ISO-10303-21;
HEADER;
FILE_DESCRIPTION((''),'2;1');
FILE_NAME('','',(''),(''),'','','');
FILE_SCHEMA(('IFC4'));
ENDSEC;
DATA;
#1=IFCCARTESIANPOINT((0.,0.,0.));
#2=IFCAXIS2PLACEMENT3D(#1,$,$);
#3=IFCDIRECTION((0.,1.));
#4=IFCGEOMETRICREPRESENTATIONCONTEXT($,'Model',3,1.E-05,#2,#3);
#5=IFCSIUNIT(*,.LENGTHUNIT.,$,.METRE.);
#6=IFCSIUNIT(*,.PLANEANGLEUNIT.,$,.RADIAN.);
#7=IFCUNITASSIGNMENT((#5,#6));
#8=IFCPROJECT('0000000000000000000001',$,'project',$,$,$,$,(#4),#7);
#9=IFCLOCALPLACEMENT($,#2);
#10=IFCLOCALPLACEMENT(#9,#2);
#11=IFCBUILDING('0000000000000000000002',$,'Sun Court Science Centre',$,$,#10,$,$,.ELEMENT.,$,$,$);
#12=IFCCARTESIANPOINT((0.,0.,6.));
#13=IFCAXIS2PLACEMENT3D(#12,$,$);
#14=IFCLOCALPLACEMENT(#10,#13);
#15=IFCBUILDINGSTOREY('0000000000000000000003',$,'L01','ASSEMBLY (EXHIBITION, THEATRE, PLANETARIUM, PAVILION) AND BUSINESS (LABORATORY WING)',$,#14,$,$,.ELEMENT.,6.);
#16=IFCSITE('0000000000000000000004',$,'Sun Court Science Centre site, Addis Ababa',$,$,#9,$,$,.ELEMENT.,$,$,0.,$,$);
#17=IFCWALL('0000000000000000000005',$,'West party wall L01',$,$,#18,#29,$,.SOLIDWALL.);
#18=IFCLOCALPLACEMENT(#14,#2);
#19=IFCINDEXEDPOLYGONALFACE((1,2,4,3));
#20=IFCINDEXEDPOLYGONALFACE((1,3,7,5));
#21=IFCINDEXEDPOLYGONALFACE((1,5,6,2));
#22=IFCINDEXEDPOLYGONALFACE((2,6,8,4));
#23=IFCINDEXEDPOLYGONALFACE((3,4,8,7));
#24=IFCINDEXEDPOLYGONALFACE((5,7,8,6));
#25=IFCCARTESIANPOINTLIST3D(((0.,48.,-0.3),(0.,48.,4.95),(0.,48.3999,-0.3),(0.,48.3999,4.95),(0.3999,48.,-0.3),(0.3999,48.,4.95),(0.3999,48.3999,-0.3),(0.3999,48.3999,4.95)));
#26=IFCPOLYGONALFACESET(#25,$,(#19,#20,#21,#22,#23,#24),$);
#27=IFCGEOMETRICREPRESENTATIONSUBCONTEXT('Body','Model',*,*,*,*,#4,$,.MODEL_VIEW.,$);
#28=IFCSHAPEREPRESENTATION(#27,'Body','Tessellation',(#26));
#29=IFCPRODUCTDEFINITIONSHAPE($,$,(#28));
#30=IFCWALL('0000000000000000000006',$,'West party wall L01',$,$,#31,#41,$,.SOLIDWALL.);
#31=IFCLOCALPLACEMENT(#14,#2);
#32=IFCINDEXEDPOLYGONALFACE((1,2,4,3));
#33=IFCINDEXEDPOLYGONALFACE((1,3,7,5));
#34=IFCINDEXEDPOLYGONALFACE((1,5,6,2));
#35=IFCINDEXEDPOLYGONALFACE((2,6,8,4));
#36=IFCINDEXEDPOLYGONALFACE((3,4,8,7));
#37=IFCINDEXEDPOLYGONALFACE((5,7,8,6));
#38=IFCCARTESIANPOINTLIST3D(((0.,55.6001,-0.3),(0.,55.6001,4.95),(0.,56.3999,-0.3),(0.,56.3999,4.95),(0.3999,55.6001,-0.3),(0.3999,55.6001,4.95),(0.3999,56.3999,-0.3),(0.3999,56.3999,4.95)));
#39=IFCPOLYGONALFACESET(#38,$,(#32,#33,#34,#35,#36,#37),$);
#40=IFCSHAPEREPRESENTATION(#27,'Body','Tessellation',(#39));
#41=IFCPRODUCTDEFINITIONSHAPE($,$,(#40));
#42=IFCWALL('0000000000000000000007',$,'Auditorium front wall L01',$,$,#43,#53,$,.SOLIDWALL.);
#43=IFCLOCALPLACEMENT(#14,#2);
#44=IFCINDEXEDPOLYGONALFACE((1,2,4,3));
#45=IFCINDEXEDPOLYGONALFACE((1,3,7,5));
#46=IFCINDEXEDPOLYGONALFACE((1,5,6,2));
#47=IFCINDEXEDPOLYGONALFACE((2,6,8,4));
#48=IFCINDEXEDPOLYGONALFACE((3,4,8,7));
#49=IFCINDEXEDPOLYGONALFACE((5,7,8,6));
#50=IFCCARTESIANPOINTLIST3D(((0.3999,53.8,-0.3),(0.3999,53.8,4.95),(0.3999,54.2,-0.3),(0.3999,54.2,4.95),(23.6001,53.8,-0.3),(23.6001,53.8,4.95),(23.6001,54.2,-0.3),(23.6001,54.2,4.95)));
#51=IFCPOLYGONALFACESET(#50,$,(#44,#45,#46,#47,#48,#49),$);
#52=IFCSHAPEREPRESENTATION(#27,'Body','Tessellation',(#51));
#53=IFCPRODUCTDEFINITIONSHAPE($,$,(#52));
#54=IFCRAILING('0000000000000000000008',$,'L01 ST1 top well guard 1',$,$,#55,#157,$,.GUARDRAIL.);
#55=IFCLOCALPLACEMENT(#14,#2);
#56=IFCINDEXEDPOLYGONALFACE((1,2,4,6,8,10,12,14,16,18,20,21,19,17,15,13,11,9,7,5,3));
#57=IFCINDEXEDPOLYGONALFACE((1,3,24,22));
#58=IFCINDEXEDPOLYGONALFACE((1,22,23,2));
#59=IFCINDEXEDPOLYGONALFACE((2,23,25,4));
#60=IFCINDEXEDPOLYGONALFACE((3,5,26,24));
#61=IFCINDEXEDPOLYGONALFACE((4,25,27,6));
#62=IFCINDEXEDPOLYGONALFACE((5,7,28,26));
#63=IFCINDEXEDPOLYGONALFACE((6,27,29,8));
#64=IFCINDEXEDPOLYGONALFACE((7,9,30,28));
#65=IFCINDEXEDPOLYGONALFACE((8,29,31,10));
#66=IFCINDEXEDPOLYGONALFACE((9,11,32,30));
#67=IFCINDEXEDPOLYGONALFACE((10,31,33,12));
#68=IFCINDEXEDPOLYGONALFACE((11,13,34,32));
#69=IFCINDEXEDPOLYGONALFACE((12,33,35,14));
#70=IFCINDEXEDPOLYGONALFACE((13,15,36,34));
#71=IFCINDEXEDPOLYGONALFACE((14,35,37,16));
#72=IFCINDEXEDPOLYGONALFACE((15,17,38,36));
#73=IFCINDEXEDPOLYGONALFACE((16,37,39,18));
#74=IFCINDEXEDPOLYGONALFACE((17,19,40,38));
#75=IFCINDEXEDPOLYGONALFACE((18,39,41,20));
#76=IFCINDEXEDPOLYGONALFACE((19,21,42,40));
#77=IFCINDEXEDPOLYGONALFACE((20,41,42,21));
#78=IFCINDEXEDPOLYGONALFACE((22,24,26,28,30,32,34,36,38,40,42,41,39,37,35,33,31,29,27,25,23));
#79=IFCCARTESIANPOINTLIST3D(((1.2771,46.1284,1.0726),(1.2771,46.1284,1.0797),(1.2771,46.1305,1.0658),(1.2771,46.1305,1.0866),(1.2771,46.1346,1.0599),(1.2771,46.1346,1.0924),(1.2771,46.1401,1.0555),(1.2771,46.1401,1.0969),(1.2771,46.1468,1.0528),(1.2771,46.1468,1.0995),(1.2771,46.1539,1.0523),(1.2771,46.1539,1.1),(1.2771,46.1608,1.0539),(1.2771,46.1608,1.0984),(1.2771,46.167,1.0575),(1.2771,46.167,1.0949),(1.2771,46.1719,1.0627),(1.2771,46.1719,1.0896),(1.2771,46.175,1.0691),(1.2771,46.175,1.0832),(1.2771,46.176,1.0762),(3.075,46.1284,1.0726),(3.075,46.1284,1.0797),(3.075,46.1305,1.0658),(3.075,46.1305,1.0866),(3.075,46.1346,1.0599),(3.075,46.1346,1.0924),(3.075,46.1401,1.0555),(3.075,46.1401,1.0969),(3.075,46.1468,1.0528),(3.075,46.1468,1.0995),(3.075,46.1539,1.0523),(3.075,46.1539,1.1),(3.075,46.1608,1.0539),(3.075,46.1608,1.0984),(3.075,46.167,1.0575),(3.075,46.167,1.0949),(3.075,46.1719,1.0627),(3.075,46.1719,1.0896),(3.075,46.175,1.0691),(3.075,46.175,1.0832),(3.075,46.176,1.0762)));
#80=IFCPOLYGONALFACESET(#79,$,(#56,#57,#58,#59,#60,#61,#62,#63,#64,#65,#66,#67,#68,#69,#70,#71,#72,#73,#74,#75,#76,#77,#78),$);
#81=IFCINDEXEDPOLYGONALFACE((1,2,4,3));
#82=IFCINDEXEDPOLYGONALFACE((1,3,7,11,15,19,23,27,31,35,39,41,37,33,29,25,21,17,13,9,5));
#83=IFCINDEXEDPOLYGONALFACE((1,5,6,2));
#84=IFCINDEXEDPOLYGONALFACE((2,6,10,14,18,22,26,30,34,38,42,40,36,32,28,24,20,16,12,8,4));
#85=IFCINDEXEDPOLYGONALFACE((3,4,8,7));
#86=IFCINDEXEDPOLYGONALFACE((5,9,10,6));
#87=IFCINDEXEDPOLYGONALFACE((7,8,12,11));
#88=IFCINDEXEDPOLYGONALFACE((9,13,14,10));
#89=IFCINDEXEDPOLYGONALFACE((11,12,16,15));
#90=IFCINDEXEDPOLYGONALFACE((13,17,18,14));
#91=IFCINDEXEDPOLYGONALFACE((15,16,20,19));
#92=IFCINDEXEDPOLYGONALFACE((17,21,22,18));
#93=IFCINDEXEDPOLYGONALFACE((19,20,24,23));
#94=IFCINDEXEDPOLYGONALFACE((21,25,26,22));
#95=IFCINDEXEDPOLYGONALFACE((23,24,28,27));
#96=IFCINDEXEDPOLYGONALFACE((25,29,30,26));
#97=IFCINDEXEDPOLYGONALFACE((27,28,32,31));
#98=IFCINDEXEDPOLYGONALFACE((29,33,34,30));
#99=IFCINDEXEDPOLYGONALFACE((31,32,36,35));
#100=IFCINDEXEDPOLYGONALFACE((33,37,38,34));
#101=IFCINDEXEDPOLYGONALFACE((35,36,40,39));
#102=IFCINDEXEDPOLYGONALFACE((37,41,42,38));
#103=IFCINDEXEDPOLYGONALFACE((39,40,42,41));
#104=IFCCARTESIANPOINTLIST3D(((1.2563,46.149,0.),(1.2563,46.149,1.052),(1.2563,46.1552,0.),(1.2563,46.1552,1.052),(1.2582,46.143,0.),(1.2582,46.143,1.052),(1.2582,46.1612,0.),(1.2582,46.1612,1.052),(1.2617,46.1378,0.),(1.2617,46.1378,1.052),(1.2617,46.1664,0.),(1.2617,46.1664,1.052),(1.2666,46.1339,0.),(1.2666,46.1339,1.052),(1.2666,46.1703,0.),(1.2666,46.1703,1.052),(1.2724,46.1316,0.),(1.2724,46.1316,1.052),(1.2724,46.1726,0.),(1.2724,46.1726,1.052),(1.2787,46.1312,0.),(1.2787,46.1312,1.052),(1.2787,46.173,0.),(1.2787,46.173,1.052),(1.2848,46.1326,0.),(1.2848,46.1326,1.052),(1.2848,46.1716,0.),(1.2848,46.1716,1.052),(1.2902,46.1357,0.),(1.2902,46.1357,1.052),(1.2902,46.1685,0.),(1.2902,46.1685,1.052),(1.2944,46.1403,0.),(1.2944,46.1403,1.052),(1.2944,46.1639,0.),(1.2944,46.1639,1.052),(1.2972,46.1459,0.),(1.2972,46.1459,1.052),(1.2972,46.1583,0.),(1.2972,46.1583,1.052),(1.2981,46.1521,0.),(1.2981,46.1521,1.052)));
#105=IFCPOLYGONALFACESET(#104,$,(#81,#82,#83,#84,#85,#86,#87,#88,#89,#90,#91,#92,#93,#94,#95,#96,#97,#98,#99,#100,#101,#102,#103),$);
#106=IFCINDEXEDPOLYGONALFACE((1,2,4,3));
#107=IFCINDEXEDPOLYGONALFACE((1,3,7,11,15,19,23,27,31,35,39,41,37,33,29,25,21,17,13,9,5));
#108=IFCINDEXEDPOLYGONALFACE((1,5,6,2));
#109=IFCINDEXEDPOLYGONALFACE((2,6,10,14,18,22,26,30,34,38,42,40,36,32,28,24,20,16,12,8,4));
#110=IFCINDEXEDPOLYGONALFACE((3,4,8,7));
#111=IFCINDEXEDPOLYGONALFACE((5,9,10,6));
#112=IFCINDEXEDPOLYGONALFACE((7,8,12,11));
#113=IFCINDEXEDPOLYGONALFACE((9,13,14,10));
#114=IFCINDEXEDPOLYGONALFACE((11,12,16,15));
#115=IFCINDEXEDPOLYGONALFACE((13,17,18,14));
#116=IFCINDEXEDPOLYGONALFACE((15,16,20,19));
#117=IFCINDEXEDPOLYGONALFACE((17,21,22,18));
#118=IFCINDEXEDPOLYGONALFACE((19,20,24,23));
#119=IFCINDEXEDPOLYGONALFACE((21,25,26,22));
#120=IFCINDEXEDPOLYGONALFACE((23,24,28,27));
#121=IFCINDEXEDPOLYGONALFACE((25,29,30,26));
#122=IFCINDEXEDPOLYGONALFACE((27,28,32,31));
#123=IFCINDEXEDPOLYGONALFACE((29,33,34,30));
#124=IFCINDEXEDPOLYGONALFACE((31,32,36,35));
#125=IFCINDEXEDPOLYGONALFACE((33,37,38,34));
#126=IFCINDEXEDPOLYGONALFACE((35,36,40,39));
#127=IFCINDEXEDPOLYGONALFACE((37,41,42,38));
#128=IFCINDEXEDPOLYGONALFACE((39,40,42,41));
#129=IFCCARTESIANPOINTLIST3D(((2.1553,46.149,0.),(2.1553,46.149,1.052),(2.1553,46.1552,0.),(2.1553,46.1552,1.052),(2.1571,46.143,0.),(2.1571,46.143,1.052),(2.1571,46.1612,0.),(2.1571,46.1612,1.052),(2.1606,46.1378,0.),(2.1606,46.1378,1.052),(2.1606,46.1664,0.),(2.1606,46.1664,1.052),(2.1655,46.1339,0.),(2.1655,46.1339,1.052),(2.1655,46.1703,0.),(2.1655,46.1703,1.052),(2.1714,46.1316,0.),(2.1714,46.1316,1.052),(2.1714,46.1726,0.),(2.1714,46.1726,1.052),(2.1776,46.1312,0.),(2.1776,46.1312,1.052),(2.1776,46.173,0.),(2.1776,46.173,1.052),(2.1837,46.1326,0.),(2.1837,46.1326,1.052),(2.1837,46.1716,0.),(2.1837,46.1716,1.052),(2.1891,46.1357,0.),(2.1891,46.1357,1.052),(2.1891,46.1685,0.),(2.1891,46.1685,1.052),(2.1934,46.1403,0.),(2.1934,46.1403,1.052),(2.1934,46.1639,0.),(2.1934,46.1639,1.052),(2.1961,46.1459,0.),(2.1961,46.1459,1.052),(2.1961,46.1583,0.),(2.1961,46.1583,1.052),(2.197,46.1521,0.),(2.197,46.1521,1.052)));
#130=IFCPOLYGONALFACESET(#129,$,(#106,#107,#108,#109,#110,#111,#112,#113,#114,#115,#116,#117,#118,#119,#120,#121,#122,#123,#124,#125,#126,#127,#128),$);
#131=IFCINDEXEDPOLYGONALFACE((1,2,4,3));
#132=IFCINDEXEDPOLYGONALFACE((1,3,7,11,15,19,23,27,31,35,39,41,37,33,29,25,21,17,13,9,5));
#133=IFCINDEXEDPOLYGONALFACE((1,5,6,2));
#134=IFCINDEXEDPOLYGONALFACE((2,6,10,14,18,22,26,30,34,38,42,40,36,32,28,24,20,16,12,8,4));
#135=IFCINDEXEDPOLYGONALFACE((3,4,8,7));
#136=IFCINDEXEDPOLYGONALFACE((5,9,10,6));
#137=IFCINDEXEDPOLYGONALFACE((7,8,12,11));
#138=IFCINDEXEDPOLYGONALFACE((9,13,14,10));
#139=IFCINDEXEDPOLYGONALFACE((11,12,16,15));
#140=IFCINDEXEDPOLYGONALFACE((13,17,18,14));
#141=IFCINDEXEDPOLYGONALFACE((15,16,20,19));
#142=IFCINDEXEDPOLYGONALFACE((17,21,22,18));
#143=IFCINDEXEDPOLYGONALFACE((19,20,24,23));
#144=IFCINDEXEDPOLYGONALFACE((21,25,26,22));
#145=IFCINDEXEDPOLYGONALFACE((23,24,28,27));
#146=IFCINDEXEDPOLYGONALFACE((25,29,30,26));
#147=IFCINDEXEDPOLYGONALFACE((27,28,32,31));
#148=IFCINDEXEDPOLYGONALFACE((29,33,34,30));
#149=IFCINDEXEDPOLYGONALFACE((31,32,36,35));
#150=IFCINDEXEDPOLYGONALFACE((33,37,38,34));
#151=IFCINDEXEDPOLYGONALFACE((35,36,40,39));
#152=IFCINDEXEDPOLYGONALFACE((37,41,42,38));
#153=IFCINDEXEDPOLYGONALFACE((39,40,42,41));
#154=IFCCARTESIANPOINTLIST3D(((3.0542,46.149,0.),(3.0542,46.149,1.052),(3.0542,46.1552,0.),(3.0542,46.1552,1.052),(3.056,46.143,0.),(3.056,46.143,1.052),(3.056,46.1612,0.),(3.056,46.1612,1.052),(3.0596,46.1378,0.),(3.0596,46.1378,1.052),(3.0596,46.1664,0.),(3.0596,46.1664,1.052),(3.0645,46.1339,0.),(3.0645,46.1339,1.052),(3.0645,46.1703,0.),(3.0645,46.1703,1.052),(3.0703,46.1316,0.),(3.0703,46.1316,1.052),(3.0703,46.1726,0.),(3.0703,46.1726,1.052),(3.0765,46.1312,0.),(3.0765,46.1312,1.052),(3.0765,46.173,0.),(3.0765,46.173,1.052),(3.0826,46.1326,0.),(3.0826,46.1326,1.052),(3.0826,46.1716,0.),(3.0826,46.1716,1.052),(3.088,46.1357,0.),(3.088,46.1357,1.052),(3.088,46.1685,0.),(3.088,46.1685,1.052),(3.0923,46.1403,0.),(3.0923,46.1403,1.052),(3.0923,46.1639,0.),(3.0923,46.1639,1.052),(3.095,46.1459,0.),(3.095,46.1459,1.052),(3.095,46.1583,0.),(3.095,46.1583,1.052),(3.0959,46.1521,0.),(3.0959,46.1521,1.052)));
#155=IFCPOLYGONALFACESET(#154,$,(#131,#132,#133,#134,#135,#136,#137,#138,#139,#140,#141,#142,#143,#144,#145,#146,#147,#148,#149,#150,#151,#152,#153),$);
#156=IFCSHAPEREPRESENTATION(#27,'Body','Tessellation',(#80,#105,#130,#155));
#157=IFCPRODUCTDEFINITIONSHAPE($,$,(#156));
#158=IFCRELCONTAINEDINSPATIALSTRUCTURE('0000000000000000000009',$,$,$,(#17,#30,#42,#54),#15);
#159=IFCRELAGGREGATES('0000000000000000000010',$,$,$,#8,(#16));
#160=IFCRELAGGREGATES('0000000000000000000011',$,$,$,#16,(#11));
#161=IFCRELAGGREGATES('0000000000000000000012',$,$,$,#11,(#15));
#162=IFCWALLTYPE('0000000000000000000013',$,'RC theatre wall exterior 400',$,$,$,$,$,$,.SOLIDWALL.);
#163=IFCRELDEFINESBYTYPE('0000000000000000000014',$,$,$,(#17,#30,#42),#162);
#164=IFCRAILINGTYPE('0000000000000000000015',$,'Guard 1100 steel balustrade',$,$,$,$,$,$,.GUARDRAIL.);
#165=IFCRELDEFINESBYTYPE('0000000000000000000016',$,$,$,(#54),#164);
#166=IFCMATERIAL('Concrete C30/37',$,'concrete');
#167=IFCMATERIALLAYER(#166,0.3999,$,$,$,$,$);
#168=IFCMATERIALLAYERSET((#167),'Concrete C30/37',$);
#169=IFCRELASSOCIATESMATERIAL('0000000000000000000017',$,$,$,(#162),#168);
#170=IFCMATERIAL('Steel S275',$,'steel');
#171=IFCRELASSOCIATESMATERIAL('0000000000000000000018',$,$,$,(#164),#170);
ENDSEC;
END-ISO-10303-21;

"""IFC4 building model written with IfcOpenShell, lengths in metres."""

from ifc_helpers import new_model, si_unit, direction, frame, frame_2d, origin, origin_2d, place, context, subcontext, project, spatial, rectangle, circle, extrude, material, layer, layer_set, type_object, element, save


model = new_model("IFC4")

# Units and contexts
model_context = context("Model", 3, precision=1e-05, world=origin(), true_north=direction((0.0, 1.0)))
body_context = subcontext(model_context, "Body", "Model", "MODEL_VIEW")
ifc_project = project(units=[si_unit("LENGTHUNIT", "METRE"), si_unit("PLANEANGLEUNIT", "RADIAN")], contexts=[model_context])

# Site, building, storey
site_placement = place(None, origin())
site = spatial("IfcSite", under=ifc_project, at=site_placement, Name="Sun Court Science Centre site, Addis Ababa", CompositionType="ELEMENT", RefElevation=0.0)
building_placement = place(site_placement, origin())
building = spatial("IfcBuilding", under=site, at=building_placement, Name="Sun Court Science Centre", CompositionType="ELEMENT")
storey_placement = place(building_placement, frame((0.0, 0.0, 6.0)))
storey = spatial("IfcBuildingStorey", under=building, at=storey_placement, Name="L01", Description="ASSEMBLY (EXHIBITION, THEATRE, PLANETARIUM, PAVILION) AND BUSINESS (LABORATORY WING)", CompositionType="ELEMENT", Elevation=6.0)

# Walls
ifc_material_1 = material(Name="Concrete C30/37", Category="concrete")
ifc_layer_1 = layer(ifc_material_1, 0.3999)
ifc_layer_set_1 = layer_set([ifc_layer_1], Name="Concrete C30/37")
wall_type_1 = type_object("IfcWallType", Name="RC theatre wall exterior 400", PredefinedType="SOLIDWALL", material=ifc_layer_set_1)
wall_1_placement = place(storey_placement, frame((0.2, 48.0, -0.3), z_axis=(0.0, 0.0, 1.0), x_axis=(0.0, 1.0, 0.0)))
element("IfcWall", 1, at=wall_1_placement, inside=storey, type_object=wall_type_1, Name="West party wall L01", PredefinedType="SOLIDWALL", context=body_context, shape_type="SweptSolid", body=[
    extrude(rectangle(XDim=0.3999, YDim=0.3999, at=frame_2d((0.2, 0.0))), origin(), (0.0, 0.0, 1.0), 5.25),
])
wall_2_placement = place(storey_placement, frame((0.2, 55.6001, -0.3), z_axis=(0.0, 0.0, 1.0), x_axis=(0.0, 1.0, 0.0)))
element("IfcWall", 2, at=wall_2_placement, inside=storey, type_object=wall_type_1, Name="West party wall L01", PredefinedType="SOLIDWALL", context=body_context, shape_type="SweptSolid", body=[
    extrude(rectangle(XDim=0.7998, YDim=0.3999, at=frame_2d((0.3999, 0.0))), origin(), (0.0, 0.0, 1.0), 5.25),
])
wall_3_placement = place(storey_placement, frame((0.3999, 54.0, -0.3), z_axis=(0.0, 0.0, 1.0), x_axis=(1.0, 0.0, 0.0)))
element("IfcWall", 3, at=wall_3_placement, inside=storey, type_object=wall_type_1, Name="Auditorium front wall L01", PredefinedType="SOLIDWALL", context=body_context, shape_type="SweptSolid", body=[
    extrude(rectangle(XDim=23.2002, YDim=0.3999, at=frame_2d((11.6001, 0.0))), origin(), (0.0, 0.0, 1.0), 5.25),
])

# Railing
ifc_material_2 = material(Name="Steel S275", Category="steel")
railing_type = type_object("IfcRailingType", Name="Guard 1100 steel balustrade", PredefinedType="GUARDRAIL", material=ifc_material_2)
railing_1_placement = place(storey_placement, frame((1.2771, 46.1521, 0.0)))
element("IfcRailing", 4, at=railing_1_placement, inside=storey, type_object=railing_type, Name="L01 ST1 top well guard 1", PredefinedType="GUARDRAIL", context=body_context, shape_type="SweptSolid", body=[
    extrude(circle(Radius=0.0239, at=origin_2d()), frame((0.0, 0.0, 1.0762), z_axis=(1.0, 0.0, 0.0), x_axis=(0.0, 1.0, 0.0)), (0.0, 0.0, 1.0), 1.7979),
    extrude(circle(Radius=0.021, at=origin_2d()), origin(), (0.0, 0.0, 1.0), 1.052),
    extrude(circle(Radius=0.021, at=origin_2d()), frame((0.8989, 0.0, 0.0)), (0.0, 0.0, 1.0), 1.052),
    extrude(circle(Radius=0.021, at=origin_2d()), frame((1.7979, 0.0, 0.0)), (0.0, 0.0, 1.0), 1.052),
])

save(model, "model.ifc")
